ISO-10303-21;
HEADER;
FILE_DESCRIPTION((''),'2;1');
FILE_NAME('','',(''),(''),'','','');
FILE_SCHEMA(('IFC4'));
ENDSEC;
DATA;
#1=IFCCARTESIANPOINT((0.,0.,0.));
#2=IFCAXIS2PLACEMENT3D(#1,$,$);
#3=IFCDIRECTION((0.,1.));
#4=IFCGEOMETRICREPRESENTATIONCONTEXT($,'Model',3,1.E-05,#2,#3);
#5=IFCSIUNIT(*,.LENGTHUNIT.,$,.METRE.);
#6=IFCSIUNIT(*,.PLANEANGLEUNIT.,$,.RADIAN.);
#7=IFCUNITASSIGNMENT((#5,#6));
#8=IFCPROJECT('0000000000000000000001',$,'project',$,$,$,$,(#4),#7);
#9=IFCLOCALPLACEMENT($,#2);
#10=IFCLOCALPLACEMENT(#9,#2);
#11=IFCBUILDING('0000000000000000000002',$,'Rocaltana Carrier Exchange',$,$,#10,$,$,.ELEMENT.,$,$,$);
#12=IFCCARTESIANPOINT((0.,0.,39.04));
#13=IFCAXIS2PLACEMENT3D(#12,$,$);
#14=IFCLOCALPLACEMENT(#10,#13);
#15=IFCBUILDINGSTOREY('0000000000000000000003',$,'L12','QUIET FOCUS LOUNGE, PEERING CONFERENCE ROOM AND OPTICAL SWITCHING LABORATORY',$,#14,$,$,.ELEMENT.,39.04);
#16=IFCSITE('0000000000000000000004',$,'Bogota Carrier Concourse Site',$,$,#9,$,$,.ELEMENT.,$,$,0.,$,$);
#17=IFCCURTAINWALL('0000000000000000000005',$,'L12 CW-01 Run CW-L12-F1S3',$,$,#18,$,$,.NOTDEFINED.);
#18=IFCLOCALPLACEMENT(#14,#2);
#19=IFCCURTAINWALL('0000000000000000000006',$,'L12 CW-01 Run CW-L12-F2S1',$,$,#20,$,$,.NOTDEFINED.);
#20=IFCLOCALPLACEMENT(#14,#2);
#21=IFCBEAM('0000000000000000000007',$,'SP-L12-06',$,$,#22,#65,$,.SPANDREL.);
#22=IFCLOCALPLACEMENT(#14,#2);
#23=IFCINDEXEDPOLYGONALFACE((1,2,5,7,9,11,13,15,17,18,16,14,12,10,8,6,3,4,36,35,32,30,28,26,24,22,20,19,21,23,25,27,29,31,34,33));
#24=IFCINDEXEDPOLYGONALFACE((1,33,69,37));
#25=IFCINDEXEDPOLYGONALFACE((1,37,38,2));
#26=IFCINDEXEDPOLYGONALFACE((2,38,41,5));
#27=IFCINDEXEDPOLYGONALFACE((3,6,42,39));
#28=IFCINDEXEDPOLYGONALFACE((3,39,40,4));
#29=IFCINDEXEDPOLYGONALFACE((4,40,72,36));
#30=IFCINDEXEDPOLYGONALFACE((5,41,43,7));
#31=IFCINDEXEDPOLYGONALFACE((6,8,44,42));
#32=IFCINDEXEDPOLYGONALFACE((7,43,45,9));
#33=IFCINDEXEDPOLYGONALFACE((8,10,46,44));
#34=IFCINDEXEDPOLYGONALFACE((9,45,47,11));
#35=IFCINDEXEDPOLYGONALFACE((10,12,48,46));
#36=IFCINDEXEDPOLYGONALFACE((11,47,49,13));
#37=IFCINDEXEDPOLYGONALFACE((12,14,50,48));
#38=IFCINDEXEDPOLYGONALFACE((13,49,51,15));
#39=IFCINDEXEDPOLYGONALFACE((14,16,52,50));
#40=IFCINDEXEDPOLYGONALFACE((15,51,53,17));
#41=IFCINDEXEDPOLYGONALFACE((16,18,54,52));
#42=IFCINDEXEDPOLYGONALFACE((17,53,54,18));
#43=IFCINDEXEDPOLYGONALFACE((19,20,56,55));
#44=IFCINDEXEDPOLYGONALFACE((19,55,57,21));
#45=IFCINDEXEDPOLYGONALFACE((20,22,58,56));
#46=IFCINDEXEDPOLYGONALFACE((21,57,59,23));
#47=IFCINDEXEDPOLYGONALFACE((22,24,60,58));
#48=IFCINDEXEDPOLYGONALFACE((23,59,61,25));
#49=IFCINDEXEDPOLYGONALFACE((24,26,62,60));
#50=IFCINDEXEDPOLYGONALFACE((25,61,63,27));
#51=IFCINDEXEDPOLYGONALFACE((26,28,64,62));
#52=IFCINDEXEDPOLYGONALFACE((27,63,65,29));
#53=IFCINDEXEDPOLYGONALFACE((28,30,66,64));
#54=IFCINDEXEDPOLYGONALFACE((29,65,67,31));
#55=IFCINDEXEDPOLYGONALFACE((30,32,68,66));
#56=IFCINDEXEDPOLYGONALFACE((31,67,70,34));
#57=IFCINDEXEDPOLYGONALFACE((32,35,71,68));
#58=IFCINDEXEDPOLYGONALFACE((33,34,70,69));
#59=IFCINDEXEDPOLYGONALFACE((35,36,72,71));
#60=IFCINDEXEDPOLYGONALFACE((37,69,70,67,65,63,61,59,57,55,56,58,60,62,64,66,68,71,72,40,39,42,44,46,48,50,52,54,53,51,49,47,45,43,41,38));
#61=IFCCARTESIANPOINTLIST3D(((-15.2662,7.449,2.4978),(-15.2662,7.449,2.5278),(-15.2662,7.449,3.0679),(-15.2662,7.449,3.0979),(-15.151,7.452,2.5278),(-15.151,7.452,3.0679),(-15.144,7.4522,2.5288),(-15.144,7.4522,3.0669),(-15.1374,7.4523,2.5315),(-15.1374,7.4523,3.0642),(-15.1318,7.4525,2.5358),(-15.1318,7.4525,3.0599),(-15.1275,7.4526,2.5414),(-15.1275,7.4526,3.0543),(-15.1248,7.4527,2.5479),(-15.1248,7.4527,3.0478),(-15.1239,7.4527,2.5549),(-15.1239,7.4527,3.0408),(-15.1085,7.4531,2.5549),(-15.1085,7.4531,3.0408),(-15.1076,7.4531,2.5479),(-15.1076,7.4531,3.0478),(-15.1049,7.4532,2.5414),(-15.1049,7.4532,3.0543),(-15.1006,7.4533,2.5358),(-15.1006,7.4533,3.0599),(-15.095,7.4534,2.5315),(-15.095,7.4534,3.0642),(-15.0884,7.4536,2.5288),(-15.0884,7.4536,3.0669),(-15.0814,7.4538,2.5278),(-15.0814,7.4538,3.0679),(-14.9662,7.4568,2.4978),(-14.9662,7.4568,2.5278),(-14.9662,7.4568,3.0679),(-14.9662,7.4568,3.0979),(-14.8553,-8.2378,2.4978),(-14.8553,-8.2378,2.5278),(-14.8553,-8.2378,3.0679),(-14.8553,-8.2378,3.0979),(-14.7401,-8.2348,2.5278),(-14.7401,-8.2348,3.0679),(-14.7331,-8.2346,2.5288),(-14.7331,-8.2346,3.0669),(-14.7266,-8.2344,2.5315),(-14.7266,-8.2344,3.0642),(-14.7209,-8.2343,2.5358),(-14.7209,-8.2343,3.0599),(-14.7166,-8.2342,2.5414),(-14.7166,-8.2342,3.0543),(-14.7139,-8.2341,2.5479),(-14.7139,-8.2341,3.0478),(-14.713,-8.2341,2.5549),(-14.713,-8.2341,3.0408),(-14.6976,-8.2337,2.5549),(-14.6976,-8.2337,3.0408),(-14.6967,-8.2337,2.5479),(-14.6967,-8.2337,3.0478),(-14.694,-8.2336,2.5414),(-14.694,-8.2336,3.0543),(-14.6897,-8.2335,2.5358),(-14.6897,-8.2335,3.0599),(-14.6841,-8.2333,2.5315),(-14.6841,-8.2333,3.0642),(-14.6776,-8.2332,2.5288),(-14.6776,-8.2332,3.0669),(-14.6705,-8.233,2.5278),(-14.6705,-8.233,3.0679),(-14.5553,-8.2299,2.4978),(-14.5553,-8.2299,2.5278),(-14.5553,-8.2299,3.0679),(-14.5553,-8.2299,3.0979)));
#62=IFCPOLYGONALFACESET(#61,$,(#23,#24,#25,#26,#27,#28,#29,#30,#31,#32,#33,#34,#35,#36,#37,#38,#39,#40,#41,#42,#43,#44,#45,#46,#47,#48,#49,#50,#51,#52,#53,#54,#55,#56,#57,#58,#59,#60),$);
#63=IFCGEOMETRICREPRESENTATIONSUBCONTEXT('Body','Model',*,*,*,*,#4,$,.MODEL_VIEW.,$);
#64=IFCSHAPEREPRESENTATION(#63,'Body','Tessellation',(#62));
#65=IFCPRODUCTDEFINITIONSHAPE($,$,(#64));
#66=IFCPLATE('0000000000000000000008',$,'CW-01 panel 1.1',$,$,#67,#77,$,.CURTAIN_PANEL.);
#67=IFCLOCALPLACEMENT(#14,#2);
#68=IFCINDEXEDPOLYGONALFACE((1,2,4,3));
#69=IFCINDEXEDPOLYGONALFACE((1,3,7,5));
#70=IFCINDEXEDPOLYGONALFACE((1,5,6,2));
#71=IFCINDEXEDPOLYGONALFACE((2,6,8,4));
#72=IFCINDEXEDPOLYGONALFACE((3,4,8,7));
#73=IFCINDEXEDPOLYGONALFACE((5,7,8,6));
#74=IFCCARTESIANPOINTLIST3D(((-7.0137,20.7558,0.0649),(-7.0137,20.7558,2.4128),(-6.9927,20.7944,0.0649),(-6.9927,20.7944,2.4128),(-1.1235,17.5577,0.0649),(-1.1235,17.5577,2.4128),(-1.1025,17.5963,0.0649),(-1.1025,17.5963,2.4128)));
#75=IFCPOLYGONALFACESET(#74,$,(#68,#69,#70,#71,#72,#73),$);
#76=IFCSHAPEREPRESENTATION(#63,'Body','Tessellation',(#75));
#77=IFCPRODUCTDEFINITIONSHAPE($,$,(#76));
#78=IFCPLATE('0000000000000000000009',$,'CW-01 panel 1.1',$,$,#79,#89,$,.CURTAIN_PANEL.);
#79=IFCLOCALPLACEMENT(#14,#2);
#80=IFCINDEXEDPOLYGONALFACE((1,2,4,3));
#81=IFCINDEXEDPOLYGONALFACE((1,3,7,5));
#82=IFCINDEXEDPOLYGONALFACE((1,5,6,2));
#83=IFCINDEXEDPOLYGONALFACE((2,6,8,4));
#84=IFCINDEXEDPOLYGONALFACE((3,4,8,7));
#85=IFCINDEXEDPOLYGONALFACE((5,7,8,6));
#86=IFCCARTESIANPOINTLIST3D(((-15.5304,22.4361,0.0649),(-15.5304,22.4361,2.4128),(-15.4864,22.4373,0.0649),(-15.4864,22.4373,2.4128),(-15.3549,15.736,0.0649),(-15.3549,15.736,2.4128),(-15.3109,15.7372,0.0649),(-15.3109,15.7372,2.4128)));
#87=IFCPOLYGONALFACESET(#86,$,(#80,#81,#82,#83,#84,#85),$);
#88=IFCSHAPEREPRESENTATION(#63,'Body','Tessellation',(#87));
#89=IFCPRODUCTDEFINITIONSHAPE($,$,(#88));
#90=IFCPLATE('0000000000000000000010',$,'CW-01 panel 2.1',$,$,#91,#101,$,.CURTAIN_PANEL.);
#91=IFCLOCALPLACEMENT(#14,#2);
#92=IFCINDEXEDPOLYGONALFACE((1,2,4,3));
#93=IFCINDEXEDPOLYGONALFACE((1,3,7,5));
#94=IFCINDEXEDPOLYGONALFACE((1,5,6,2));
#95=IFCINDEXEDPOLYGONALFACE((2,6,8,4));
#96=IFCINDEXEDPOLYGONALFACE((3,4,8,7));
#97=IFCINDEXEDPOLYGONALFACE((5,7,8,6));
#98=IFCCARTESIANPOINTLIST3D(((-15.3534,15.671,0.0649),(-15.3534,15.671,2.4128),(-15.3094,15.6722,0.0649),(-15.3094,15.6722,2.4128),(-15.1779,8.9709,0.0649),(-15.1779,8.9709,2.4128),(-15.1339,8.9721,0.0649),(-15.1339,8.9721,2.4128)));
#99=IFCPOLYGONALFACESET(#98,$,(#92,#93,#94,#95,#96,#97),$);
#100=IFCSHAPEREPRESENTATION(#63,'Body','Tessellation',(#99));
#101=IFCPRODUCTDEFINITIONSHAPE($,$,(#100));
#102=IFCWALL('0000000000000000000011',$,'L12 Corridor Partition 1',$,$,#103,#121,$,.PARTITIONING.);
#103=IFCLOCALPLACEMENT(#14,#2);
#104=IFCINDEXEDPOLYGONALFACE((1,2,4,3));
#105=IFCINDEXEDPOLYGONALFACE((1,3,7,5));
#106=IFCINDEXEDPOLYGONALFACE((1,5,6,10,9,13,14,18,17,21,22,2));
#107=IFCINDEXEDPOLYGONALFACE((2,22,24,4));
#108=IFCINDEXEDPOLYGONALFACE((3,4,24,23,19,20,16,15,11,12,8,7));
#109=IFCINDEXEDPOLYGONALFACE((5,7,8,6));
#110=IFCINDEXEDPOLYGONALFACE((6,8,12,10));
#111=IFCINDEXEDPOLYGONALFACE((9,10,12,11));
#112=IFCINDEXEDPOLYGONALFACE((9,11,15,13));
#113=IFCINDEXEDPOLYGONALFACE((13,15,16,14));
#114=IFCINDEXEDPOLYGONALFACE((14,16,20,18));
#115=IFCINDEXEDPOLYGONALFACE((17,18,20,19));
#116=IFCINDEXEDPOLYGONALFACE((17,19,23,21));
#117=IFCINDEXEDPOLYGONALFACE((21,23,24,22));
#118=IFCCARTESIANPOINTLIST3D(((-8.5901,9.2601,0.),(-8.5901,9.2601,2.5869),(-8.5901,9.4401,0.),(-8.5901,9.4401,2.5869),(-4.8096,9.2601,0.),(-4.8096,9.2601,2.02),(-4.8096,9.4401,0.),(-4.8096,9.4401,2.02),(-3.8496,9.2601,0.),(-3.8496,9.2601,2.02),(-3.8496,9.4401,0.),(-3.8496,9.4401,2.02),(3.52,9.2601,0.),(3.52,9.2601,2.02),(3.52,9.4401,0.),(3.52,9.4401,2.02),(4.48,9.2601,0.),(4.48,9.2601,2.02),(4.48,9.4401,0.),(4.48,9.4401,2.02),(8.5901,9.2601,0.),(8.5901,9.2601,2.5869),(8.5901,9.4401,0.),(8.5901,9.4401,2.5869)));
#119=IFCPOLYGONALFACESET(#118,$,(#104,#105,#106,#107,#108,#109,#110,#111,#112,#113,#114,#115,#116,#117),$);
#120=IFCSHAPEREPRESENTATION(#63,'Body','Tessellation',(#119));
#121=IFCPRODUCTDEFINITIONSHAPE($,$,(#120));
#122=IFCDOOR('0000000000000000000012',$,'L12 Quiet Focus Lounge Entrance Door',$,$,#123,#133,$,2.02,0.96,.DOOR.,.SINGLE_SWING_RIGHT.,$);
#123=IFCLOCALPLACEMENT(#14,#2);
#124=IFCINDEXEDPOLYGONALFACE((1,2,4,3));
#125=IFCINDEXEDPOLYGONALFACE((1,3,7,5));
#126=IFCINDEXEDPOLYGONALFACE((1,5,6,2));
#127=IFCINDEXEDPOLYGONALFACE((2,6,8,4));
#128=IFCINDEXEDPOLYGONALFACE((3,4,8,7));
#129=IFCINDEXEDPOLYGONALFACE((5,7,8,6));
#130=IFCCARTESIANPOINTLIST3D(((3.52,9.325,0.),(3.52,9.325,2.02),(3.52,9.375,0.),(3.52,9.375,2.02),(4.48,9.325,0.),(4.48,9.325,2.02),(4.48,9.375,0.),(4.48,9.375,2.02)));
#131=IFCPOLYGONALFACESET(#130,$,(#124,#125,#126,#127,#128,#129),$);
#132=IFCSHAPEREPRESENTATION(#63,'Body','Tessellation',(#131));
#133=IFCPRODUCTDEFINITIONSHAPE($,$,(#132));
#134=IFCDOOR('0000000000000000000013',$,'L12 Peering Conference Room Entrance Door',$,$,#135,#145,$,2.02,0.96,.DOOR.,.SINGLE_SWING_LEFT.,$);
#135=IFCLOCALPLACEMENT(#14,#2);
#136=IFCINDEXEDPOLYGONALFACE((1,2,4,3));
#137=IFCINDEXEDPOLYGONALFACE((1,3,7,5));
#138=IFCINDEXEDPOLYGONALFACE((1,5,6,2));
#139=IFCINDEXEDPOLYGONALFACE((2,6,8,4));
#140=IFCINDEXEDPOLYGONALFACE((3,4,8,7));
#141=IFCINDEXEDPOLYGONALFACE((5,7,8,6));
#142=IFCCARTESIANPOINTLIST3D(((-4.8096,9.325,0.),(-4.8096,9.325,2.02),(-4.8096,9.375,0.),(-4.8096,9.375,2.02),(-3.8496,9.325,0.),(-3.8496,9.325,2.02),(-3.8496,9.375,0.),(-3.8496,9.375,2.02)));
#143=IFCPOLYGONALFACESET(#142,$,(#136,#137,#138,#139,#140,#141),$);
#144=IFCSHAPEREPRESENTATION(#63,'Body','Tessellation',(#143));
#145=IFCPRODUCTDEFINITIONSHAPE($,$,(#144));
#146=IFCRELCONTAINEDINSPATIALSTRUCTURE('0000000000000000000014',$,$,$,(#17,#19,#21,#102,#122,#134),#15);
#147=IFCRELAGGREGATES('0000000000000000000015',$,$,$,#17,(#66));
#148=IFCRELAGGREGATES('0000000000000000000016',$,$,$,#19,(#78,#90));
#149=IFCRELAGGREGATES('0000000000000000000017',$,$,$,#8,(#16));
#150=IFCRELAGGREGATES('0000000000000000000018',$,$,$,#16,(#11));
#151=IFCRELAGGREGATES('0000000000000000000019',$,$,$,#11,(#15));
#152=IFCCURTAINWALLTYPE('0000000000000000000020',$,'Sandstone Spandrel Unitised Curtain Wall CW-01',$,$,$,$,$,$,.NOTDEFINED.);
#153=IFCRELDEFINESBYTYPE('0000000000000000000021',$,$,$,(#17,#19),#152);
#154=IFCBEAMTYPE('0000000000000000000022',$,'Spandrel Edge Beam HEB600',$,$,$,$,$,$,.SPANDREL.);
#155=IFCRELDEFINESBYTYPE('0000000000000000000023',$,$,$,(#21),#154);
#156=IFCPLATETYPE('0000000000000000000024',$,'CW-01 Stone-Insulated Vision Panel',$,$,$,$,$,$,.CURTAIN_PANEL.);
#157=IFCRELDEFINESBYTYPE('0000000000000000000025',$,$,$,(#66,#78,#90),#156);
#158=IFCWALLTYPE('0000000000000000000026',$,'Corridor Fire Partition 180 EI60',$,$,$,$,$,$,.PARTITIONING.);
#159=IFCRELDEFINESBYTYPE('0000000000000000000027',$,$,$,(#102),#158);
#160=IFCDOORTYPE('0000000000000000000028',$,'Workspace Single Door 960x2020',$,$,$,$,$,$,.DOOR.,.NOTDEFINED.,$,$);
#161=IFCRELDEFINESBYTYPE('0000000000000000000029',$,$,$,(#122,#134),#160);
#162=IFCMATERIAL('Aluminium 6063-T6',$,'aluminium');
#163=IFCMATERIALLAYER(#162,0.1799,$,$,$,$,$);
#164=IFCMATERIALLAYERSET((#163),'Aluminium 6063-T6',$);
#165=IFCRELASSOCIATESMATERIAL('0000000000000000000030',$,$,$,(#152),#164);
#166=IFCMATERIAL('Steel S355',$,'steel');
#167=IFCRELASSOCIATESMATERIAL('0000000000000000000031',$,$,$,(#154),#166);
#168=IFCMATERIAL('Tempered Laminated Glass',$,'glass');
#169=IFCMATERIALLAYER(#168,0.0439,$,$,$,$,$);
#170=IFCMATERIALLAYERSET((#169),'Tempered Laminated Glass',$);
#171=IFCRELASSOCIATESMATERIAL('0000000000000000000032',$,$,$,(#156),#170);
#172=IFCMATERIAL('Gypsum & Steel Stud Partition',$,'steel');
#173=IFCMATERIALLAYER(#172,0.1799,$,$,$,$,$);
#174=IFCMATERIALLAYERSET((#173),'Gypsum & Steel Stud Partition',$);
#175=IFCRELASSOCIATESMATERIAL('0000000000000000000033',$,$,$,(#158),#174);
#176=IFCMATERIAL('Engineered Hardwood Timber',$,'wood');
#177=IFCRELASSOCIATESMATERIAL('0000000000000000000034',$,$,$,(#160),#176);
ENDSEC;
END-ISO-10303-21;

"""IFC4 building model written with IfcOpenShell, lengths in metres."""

from ifc_helpers import new_model, si_unit, direction, frame, frame_2d, origin, origin_2d, place, context, subcontext, project, spatial, rectangle, i_section, extrude, material, layer, layer_set, material_profile, profile_set, type_object, element, fill, aggregate, save


model = new_model("IFC4")

# Units and contexts
model_context = context("Model", 3, precision=1e-05, world=origin(), true_north=direction((0.0, 1.0)))
body_context = subcontext(model_context, "Body", "Model", "MODEL_VIEW")
ifc_project = project(units=[si_unit("LENGTHUNIT", "METRE"), si_unit("PLANEANGLEUNIT", "RADIAN")], contexts=[model_context])

# Site, building, storey
site_placement = place(None, origin())
site = spatial("IfcSite", under=ifc_project, at=site_placement, Name="Bogota Carrier Concourse Site", CompositionType="ELEMENT", RefElevation=0.0)
building_placement = place(site_placement, origin())
building = spatial("IfcBuilding", under=site, at=building_placement, Name="Rocaltana Carrier Exchange", CompositionType="ELEMENT")
storey_placement = place(building_placement, frame((0.0, 0.0, 39.04)))
storey = spatial("IfcBuildingStorey", under=building, at=storey_placement, Name="L12", Description="QUIET FOCUS LOUNGE, PEERING CONFERENCE ROOM AND OPTICAL SWITCHING LABORATORY", CompositionType="ELEMENT", Elevation=39.04)

# Curtain wall
ifc_material_1 = material(Name="Aluminium 6063-T6", Category="aluminium")
ifc_layer_1 = layer(ifc_material_1, 0.1799)
ifc_layer_set_1 = layer_set([ifc_layer_1], Name="Aluminium 6063-T6")
curtain_wall_type = type_object("IfcCurtainWallType", Name="Sandstone Spandrel Unitised Curtain Wall CW-01", PredefinedType="NOTDEFINED", material=ifc_layer_set_1)
curtain_wall_1_placement = place(storey_placement, origin())
curtain_wall_1 = element("IfcCurtainWall", 1, at=curtain_wall_1_placement, inside=storey, type_object=curtain_wall_type, Name="L12 CW-01 Run CW-L12-F1S3", PredefinedType="NOTDEFINED")

# Curtain wall
curtain_wall_2_placement = place(storey_placement, origin())
curtain_wall_2 = element("IfcCurtainWall", 2, at=curtain_wall_2_placement, inside=storey, type_object=curtain_wall_type, Name="L12 CW-01 Run CW-L12-F2S1", PredefinedType="NOTDEFINED")

# Beam
ifc_material_2 = material(Name="Steel S355", Category="steel")
ifc_material_profile_1 = material_profile(ifc_material_2, i_section(OverallWidth=0.3, OverallDepth=0.6001, WebThickness=0.0154, FlangeThickness=0.03, FilletRadius=0.0271, at=origin_2d()), Name="HEB600")
ifc_profile_set_1 = profile_set([ifc_material_profile_1], Name="Steel S355")
beam_type_1 = type_object("IfcBeamType", Name="Spandrel Edge Beam HEB600", PredefinedType="SPANDREL", material=ifc_profile_set_1)
beam_1_placement = place(storey_placement, frame((-15.1162, 7.4529, 2.7979), z_axis=(0.026184, -0.999657, 0.0), x_axis=(0.999657, 0.026184, 0.0)))
element("IfcBeam", 3, at=beam_1_placement, inside=storey, type_object=beam_type_1, Name="SP-L12-06", PredefinedType="SPANDREL", context=body_context, shape_type="SweptSolid", body=[
    extrude(i_section(OverallWidth=0.3, OverallDepth=0.6001, WebThickness=0.0154, FlangeThickness=0.03, FilletRadius=0.0271, at=origin_2d()), origin(), (0.0, 0.0, 1.0), 15.6921),
])

# Plates
ifc_material_3 = material(Name="Tempered Laminated Glass", Category="glass")
ifc_layer_2 = layer(ifc_material_3, 0.0439)
ifc_layer_set_2 = layer_set([ifc_layer_2], Name="Tempered Laminated Glass")
plate_type = type_object("IfcPlateType", Name="CW-01 Stone-Insulated Vision Panel", PredefinedType="CURTAIN_PANEL", material=ifc_layer_set_2)
plate_1_placement = place(storey_placement, frame((-4.0581, 19.176, 0.0649), z_axis=(0.0, 0.0, 1.0), x_axis=(-0.878819, 0.477156, 0.0)))
plate_1 = element("IfcPlate", 4, at=plate_1_placement, type_object=plate_type, Name="CW-01 panel 1.1", PredefinedType="CURTAIN_PANEL", context=body_context, shape_type="SweptSolid", body=[
    extrude(rectangle(XDim=6.7024, YDim=0.0439, at=origin_2d()), origin(), (0.0, 0.0, 1.0), 2.3479),
])
aggregate(curtain_wall_1, [plate_1])
plate_2_placement = place(storey_placement, frame((-15.4207, 19.0867, 0.0649), z_axis=(0.0, 0.0, 1.0), x_axis=(0.026184, -0.999657, 0.0)))
plate_2 = element("IfcPlate", 5, at=plate_2_placement, type_object=plate_type, Name="CW-01 panel 1.1", PredefinedType="CURTAIN_PANEL", context=body_context, shape_type="SweptSolid", body=[
    extrude(rectangle(XDim=6.7024, YDim=0.0439, at=origin_2d()), origin(), (0.0, 0.0, 1.0), 2.3479),
])
plate_3_placement = place(storey_placement, frame((-15.2437, 12.3215, 0.0649), z_axis=(0.0, 0.0, 1.0), x_axis=(0.026184, -0.999657, 0.0)))
plate_3 = element("IfcPlate", 6, at=plate_3_placement, type_object=plate_type, Name="CW-01 panel 2.1", PredefinedType="CURTAIN_PANEL", context=body_context, shape_type="SweptSolid", body=[
    extrude(rectangle(XDim=6.7024, YDim=0.0439, at=origin_2d()), origin(), (0.0, 0.0, 1.0), 2.3479),
])
aggregate(curtain_wall_2, [plate_2, plate_3])

# Wall, openings, doors
ifc_material_4 = material(Name="Gypsum & Steel Stud Partition", Category="steel")
ifc_layer_3 = layer(ifc_material_4, 0.1799)
ifc_layer_set_3 = layer_set([ifc_layer_3], Name="Gypsum & Steel Stud Partition")
wall_type_1 = type_object("IfcWallType", Name="Corridor Fire Partition 180 EI60", PredefinedType="PARTITIONING", material=ifc_layer_set_3)
wall_1_placement = place(storey_placement, frame((-8.5901, 9.3501, 0.0), z_axis=(0.0, 0.0, 1.0), x_axis=(1.0, 0.0, 0.0)))
wall_1 = element("IfcWall", 7, at=wall_1_placement, inside=storey, type_object=wall_type_1, Name="L12 Corridor Partition 1", PredefinedType="PARTITIONING", context=body_context, shape_type="SweptSolid", body=[
    extrude(rectangle(XDim=17.1802, YDim=0.1799, at=frame_2d((8.5901, 0.0))), origin(), (0.0, 0.0, 1.0), 2.5869),
])
opening_1_placement = place(wall_1_placement, frame((12.1101, 0.0, 0.0)))
opening_1 = element("IfcOpeningElement", 8, at=opening_1_placement, cuts=wall_1, PredefinedType="OPENING", context=body_context, shape_type="SweptSolid", body=[
    extrude(rectangle(XDim=0.96, YDim=2.02, at=frame_2d((0.48, 1.01))), frame((0.0, 0.0999, 0.0), z_axis=(0.0, -1.0, 0.0), x_axis=(1.0, 0.0, 0.0)), (0.0, 0.0, 1.0), 0.2),
])
opening_2_placement = place(wall_1_placement, frame((3.7805, 0.0, 0.0)))
opening_2 = element("IfcOpeningElement", 9, at=opening_2_placement, cuts=wall_1, PredefinedType="OPENING", context=body_context, shape_type="SweptSolid", body=[
    extrude(rectangle(XDim=0.96, YDim=2.02, at=frame_2d((0.48, 1.01))), frame((0.0, 0.0999, 0.0), z_axis=(0.0, -1.0, 0.0), x_axis=(1.0, 0.0, 0.0)), (0.0, 0.0, 1.0), 0.2),
])
ifc_material_5 = material(Name="Engineered Hardwood Timber", Category="wood")
door_type_1 = type_object("IfcDoorType", Name="Workspace Single Door 960x2020", OperationType="NOTDEFINED", PredefinedType="DOOR", material=ifc_material_5)
door_1_placement = place(opening_1_placement, origin())
door_1 = element("IfcDoor", 10, at=door_1_placement, inside=storey, type_object=door_type_1, Name="L12 Quiet Focus Lounge Entrance Door", OperationType="SINGLE_SWING_RIGHT", OverallHeight=2.02, OverallWidth=0.96, PredefinedType="DOOR", context=body_context, shape_type="SweptSolid", body=[
    extrude(rectangle(XDim=0.96, YDim=2.02, at=frame_2d((0.48, 1.01))), frame((0.0, 0.0249, 0.0), z_axis=(0.0, -1.0, 0.0), x_axis=(1.0, 0.0, 0.0)), (0.0, 0.0, 1.0), 0.05),
])
fill(opening_1, door_1)
door_2_placement = place(opening_2_placement, origin())
door_2 = element("IfcDoor", 11, at=door_2_placement, inside=storey, type_object=door_type_1, Name="L12 Peering Conference Room Entrance Door", OperationType="SINGLE_SWING_LEFT", OverallHeight=2.02, OverallWidth=0.96, PredefinedType="DOOR", context=body_context, shape_type="SweptSolid", body=[
    extrude(rectangle(XDim=0.96, YDim=2.02, at=frame_2d((0.48, 1.01))), frame((0.0, 0.0249, 0.0), z_axis=(0.0, -1.0, 0.0), x_axis=(1.0, 0.0, 0.0)), (0.0, 0.0, 1.0), 0.05),
])
fill(opening_2, door_2)

save(model, "model.ifc")
